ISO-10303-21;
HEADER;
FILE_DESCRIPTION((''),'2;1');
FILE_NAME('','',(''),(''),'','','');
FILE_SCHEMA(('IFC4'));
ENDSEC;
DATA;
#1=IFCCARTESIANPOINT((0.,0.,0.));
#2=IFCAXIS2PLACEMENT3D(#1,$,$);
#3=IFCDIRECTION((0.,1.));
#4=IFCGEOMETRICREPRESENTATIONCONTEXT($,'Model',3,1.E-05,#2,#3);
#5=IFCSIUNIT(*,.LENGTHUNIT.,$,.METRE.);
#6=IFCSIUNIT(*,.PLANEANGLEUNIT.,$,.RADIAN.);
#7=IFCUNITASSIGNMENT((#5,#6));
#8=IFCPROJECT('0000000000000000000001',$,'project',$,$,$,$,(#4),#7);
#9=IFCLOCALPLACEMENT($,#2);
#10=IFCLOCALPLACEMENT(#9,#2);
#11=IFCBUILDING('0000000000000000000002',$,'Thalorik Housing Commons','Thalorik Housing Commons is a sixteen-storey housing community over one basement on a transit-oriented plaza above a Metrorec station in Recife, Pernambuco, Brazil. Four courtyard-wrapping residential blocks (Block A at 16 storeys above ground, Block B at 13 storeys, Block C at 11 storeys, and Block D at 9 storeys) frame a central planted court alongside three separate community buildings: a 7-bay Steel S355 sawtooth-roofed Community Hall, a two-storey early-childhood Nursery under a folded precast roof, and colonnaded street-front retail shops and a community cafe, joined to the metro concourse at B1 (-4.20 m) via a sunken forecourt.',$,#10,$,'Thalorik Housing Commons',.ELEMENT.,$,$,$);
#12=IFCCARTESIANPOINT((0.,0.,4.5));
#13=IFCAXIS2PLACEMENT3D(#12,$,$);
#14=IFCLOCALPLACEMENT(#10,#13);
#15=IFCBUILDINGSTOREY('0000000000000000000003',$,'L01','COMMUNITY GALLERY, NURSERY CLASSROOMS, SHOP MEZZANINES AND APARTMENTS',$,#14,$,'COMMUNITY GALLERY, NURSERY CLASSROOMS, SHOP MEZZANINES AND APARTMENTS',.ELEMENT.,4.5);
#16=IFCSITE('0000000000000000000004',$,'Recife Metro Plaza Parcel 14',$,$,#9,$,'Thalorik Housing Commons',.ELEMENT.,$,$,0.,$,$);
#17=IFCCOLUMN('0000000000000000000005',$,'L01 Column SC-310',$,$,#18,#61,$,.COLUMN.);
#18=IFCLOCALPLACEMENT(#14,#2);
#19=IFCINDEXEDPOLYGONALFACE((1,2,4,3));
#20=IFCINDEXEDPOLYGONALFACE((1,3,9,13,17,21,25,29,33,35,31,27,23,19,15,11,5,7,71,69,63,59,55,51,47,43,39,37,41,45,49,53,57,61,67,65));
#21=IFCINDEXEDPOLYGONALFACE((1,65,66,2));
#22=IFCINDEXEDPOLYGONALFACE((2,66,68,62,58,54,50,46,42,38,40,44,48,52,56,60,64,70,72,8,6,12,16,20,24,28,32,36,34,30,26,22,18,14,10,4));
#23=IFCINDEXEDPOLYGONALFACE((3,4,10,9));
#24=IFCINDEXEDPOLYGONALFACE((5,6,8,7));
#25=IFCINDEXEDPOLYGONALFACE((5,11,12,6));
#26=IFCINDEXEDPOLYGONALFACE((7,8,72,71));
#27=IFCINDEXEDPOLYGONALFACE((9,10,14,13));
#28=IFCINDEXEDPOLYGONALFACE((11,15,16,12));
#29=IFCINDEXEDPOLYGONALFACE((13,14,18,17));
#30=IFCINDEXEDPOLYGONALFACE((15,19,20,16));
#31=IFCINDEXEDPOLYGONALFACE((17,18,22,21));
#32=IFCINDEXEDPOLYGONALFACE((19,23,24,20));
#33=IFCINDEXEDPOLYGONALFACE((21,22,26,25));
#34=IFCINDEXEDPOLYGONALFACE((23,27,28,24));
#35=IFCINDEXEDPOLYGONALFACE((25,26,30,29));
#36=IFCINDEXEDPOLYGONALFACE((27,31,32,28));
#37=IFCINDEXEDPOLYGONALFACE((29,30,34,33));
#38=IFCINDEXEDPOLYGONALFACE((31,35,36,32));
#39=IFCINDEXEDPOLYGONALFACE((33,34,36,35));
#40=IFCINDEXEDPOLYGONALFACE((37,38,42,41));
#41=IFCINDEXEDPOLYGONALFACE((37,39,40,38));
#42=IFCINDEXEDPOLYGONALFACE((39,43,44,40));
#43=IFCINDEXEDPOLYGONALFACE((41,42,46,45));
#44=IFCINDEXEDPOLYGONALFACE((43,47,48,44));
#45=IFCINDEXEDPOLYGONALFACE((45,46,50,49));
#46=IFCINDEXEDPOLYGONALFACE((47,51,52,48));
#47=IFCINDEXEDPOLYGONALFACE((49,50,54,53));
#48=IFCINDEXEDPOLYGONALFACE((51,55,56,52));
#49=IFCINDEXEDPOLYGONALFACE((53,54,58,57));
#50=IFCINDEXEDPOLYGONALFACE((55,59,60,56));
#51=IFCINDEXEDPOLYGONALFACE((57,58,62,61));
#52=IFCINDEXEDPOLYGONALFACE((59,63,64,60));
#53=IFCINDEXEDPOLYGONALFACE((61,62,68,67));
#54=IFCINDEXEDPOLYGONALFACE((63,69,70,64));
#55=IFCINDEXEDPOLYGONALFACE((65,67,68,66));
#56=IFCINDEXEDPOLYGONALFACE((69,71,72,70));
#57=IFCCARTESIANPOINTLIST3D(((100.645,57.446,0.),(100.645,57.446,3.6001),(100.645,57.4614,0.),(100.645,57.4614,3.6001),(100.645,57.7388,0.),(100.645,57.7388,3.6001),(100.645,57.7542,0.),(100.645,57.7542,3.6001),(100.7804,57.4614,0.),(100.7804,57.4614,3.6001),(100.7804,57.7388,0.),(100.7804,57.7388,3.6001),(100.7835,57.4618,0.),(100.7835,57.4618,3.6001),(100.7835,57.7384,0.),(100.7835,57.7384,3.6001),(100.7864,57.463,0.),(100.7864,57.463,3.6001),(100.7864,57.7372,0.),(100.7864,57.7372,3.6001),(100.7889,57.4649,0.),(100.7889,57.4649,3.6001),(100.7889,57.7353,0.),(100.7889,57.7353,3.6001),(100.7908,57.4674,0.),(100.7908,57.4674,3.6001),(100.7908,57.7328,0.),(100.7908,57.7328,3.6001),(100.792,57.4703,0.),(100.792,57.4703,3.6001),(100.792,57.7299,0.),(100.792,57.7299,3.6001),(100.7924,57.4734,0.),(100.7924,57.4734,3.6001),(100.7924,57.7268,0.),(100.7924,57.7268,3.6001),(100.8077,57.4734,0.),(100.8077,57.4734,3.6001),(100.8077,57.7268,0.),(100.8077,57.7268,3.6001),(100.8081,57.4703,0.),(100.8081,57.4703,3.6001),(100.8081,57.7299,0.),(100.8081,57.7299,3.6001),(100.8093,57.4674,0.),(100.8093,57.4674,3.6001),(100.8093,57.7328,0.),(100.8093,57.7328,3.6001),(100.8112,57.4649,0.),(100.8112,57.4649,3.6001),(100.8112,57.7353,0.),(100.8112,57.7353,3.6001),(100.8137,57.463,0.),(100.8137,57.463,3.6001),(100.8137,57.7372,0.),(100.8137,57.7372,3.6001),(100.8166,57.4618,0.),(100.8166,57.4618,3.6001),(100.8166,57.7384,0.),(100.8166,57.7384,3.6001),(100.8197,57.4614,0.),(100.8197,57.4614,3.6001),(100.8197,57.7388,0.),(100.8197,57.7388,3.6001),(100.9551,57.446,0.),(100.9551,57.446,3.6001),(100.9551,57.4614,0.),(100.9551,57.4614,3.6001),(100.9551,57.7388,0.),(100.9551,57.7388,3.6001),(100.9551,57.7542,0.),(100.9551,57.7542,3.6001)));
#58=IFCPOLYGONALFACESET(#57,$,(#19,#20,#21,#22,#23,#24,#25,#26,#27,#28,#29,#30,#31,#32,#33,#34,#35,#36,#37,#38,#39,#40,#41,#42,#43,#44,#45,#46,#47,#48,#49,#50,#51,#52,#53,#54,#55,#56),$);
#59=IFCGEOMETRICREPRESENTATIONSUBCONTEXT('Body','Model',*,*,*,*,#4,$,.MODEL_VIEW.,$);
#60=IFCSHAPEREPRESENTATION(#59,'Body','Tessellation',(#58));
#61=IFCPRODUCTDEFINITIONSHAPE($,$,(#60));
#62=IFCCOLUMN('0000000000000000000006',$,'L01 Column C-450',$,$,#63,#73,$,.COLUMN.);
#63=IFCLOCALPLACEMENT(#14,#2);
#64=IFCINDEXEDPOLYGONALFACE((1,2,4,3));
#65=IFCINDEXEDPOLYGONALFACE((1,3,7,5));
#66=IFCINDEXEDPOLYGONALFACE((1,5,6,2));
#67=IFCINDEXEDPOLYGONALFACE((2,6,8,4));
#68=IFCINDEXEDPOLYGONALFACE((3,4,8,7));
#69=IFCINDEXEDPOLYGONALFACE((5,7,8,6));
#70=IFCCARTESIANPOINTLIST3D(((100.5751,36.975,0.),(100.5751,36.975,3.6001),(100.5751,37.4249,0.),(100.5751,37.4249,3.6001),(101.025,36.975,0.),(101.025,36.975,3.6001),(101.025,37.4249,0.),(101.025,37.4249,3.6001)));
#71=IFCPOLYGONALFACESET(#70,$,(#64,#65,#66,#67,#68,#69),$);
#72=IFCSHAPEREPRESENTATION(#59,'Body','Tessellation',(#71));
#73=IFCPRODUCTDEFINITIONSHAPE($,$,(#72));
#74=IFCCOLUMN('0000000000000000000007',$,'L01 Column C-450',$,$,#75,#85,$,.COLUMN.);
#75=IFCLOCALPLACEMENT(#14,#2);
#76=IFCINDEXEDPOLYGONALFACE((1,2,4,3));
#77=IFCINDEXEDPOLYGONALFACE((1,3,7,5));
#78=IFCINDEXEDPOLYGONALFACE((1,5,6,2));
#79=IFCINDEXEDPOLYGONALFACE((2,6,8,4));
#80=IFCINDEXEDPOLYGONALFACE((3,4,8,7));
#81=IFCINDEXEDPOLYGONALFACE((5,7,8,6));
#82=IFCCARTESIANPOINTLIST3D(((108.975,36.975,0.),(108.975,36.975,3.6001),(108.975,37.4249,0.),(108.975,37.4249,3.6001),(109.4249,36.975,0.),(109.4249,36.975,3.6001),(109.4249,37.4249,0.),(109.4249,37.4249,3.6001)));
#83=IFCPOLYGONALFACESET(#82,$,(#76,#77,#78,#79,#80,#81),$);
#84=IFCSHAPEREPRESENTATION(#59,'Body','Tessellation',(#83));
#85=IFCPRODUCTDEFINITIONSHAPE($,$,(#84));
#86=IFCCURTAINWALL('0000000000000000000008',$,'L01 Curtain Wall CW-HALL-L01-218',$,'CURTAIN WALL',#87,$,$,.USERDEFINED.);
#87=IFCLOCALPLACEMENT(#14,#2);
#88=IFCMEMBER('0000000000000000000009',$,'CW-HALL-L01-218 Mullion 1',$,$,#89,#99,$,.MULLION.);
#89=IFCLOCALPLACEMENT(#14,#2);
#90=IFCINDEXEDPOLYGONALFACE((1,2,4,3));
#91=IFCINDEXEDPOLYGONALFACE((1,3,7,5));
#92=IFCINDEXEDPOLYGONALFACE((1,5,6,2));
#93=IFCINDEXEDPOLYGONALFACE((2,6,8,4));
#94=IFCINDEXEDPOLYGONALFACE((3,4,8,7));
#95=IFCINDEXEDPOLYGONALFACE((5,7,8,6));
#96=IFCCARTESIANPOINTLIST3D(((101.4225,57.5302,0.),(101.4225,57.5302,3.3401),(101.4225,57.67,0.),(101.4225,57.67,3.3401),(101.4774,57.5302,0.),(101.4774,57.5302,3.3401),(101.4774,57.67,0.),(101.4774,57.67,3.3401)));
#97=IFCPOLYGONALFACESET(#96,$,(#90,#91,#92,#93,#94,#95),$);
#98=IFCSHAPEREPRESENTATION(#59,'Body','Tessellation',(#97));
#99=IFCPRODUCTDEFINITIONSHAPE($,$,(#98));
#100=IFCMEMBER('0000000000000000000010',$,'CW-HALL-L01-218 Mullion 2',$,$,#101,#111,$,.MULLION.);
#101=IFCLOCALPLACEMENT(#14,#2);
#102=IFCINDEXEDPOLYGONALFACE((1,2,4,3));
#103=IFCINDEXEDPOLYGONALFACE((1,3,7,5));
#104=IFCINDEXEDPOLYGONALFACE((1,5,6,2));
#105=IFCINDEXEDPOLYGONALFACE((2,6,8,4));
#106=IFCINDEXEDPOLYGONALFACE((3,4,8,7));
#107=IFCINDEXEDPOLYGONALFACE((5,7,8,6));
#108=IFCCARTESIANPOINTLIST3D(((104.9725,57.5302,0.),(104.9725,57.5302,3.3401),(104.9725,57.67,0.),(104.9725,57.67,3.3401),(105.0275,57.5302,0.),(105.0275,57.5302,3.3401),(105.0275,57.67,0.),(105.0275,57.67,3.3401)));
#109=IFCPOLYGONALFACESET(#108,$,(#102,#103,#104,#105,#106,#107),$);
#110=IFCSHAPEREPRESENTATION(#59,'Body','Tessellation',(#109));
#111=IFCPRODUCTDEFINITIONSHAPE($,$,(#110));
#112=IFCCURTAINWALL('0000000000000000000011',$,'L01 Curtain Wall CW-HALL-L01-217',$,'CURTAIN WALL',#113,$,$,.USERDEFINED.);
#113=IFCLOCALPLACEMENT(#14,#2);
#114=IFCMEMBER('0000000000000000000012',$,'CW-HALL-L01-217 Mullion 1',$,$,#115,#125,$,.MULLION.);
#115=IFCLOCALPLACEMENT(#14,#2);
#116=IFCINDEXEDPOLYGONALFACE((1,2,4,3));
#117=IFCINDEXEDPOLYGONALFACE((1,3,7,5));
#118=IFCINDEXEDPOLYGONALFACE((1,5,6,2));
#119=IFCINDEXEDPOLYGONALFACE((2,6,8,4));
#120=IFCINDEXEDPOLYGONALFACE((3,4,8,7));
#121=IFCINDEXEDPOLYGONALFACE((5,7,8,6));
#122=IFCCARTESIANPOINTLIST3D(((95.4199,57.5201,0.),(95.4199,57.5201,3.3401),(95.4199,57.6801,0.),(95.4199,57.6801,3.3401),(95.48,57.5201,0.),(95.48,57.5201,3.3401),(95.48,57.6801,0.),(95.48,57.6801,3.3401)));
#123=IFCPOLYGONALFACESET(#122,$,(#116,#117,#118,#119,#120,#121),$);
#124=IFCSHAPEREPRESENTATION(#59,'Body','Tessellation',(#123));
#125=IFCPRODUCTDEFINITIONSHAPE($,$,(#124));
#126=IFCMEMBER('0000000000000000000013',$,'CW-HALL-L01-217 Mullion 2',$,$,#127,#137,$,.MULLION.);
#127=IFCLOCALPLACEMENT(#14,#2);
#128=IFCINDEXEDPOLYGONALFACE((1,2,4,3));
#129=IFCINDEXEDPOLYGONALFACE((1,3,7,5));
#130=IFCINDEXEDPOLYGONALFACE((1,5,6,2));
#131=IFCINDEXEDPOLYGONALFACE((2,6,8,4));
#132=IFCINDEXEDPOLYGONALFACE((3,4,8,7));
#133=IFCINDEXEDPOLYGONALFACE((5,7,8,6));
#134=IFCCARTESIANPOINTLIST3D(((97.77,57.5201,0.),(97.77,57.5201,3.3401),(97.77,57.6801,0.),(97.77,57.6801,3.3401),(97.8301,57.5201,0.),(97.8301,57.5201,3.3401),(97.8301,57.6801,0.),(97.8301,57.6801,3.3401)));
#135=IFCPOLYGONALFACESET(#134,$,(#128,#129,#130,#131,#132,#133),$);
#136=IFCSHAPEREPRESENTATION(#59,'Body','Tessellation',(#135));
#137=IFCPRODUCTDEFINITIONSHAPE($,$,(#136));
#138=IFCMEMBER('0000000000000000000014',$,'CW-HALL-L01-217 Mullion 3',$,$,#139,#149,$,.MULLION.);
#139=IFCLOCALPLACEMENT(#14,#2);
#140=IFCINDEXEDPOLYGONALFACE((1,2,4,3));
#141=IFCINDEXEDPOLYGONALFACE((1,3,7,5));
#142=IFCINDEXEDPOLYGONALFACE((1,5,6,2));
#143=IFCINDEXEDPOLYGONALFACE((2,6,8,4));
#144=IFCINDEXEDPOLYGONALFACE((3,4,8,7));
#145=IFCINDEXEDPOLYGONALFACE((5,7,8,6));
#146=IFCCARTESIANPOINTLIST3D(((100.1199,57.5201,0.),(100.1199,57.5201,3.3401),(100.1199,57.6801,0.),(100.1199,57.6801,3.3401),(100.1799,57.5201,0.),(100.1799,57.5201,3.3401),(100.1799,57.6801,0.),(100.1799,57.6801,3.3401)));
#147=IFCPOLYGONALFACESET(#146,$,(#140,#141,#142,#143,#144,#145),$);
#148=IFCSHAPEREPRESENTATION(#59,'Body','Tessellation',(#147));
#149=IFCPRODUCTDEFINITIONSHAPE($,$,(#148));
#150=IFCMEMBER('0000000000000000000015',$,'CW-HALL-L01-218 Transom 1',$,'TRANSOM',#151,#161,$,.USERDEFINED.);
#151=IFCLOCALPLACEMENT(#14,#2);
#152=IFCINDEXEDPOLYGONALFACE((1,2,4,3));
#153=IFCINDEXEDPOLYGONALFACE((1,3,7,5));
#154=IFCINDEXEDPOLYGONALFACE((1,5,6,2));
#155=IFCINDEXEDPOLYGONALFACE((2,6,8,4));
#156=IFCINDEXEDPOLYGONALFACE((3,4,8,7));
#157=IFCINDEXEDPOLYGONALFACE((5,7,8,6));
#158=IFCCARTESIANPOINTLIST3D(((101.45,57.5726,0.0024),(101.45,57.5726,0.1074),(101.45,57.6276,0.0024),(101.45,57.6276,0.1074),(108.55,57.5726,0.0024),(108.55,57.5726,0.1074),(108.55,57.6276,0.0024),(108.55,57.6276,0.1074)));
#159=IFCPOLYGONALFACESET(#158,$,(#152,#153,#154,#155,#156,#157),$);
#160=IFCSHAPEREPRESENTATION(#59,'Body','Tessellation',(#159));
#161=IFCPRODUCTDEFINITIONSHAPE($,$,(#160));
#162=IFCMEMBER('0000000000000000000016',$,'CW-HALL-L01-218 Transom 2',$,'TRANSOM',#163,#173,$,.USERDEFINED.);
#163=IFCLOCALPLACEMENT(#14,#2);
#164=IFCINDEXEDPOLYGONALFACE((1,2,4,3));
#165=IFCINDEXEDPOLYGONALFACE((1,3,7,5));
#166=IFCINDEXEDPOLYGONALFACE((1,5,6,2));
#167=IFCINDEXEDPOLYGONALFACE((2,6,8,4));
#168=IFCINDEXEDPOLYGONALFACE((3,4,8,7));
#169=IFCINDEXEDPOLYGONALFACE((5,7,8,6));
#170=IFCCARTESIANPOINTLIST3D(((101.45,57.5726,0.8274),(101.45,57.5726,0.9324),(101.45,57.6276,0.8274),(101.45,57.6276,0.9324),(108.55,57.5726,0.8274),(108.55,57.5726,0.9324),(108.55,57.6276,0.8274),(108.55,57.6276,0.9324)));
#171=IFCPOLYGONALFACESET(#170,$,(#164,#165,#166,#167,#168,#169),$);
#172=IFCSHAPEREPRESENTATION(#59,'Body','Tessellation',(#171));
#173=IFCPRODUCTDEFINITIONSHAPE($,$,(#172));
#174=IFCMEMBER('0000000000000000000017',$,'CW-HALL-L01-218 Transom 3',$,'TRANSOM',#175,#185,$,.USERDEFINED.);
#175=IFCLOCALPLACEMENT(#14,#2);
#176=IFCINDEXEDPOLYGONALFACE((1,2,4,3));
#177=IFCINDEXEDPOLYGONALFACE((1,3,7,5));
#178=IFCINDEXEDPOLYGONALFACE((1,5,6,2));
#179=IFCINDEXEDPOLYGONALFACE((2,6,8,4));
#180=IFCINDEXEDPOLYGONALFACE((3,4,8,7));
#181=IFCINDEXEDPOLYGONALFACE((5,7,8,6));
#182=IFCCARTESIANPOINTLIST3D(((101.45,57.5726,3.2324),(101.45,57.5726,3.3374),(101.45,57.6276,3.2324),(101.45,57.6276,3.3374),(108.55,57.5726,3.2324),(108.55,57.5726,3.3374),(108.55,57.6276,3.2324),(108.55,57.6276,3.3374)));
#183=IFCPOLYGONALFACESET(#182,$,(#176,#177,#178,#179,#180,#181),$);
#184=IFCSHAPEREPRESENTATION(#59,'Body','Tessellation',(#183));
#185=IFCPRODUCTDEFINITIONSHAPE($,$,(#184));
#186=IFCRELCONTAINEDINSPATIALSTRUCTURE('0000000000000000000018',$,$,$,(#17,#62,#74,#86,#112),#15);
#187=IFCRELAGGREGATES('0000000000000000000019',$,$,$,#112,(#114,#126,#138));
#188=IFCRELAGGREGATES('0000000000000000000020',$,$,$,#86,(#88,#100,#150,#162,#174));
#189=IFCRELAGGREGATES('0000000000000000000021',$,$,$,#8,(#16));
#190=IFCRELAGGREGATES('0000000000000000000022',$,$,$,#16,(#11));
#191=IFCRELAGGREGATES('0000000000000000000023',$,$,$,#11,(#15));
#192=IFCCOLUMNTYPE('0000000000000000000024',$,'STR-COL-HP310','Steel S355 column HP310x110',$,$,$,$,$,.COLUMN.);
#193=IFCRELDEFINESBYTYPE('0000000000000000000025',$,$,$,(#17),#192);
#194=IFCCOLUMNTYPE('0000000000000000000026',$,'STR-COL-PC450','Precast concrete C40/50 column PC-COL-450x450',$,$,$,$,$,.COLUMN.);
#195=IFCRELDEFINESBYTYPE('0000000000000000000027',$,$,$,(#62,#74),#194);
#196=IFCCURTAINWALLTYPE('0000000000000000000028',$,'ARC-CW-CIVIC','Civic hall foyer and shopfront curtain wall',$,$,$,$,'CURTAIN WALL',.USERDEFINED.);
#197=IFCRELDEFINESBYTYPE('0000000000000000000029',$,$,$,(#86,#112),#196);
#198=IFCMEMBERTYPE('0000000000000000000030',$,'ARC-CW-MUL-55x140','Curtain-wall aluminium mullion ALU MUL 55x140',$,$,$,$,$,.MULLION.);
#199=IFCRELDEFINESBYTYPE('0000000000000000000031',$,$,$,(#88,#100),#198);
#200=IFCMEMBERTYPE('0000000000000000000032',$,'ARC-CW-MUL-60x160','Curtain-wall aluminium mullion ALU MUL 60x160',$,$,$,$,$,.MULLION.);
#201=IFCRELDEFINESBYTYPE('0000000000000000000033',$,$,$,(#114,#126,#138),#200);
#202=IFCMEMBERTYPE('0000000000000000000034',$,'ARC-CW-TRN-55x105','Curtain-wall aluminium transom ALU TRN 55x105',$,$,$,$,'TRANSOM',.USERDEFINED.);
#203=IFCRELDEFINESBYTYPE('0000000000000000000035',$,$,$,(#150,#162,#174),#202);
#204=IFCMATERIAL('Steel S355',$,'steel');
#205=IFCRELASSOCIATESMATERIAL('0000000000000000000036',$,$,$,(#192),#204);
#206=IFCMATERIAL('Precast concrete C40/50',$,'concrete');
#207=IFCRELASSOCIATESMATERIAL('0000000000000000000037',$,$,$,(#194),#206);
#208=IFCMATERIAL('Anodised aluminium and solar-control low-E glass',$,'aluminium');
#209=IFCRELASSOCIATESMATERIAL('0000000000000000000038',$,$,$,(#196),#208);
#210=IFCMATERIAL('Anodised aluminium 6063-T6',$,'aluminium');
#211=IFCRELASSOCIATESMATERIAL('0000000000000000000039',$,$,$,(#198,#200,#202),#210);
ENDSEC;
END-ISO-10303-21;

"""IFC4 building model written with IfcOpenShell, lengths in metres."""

from ifc_helpers import new_model, si_unit, direction, frame, origin, origin_2d, place, context, subcontext, project, spatial, rectangle, i_section, extrude, material, material_profile, profile_set, type_object, element, aggregate, save


model = new_model("IFC4")

# Units and contexts
model_context = context("Model", 3, precision=1e-05, world=origin(), true_north=direction((0.0, 1.0)))
body_context = subcontext(model_context, "Body", "Model", "MODEL_VIEW")
ifc_project = project(units=[si_unit("LENGTHUNIT", "METRE"), si_unit("PLANEANGLEUNIT", "RADIAN")], contexts=[model_context])

# Site, building, storey
site_placement = place(None, origin())
site = spatial("IfcSite", under=ifc_project, at=site_placement, Name="Recife Metro Plaza Parcel 14", LongName="Thalorik Housing Commons", CompositionType="ELEMENT", RefElevation=0.0)
building_placement = place(site_placement, origin())
building = spatial("IfcBuilding", under=site, at=building_placement, Name="Thalorik Housing Commons", Description="Thalorik Housing Commons is a sixteen-storey housing community over one basement on a transit-oriented plaza above a Metrorec station in Recife, Pernambuco, Brazil. Four courtyard-wrapping residential blocks (Block A at 16 storeys above ground, Block B at 13 storeys, Block C at 11 storeys, and Block D at 9 storeys) frame a central planted court alongside three separate community buildings: a 7-bay Steel S355 sawtooth-roofed Community Hall, a two-storey early-childhood Nursery under a folded precast roof, and colonnaded street-front retail shops and a community cafe, joined to the metro concourse at B1 (-4.20 m) via a sunken forecourt.", LongName="Thalorik Housing Commons", CompositionType="ELEMENT")
storey_placement = place(building_placement, frame((0.0, 0.0, 4.5)))
storey = spatial("IfcBuildingStorey", under=building, at=storey_placement, Name="L01", Description="COMMUNITY GALLERY, NURSERY CLASSROOMS, SHOP MEZZANINES AND APARTMENTS", LongName="COMMUNITY GALLERY, NURSERY CLASSROOMS, SHOP MEZZANINES AND APARTMENTS", CompositionType="ELEMENT", Elevation=4.5)

# Columns
ifc_material_1 = material(Name="Steel S355", Category="steel")
ifc_material_profile_1 = material_profile(ifc_material_1, i_section(OverallWidth=0.3101, OverallDepth=0.3081, WebThickness=0.0154, FlangeThickness=0.0154, FilletRadius=0.012, at=origin_2d()), Name="HP310x110", Category="steel")
ifc_profile_set_1 = profile_set([ifc_material_profile_1], Name="Steel S355")
column_type_1 = type_object("IfcColumnType", Name="STR-COL-HP310", Description="Steel S355 column HP310x110", PredefinedType="COLUMN", material=ifc_profile_set_1)
column_placement = place(storey_placement, frame((100.8, 57.6001, 0.0), z_axis=(0.0, 0.0, 1.0), x_axis=(1.0, 0.0, 0.0)))
element("IfcColumn", 1, at=column_placement, inside=storey, type_object=column_type_1, Name="L01 Column SC-310", PredefinedType="COLUMN", context=body_context, shape_type="SweptSolid", body=[
    extrude(i_section(OverallWidth=0.3101, OverallDepth=0.3081, WebThickness=0.0154, FlangeThickness=0.0154, FilletRadius=0.012, at=origin_2d()), origin(), (0.0, 0.0, 1.0), 3.6001),
])
ifc_material_2 = material(Name="Precast concrete C40/50", Category="concrete")
ifc_material_profile_2 = material_profile(ifc_material_2, rectangle(XDim=0.45, YDim=0.45, at=origin_2d()), Name="PC 450x450", Category="concrete")
ifc_profile_set_2 = profile_set([ifc_material_profile_2], Name="Precast concrete C40/50")
column_type_2 = type_object("IfcColumnType", Name="STR-COL-PC450", Description="Precast concrete C40/50 column PC-COL-450x450", PredefinedType="COLUMN", material=ifc_profile_set_2)
for number, where, z_axis, x_axis, name in (
    (2, (100.8, 37.2, 0.0), (0.0, 0.0, 1.0), (1.0, 0.0, 0.0), "L01 Column C-450"),
    (3, (109.2, 37.2, 0.0), (0.0, 0.0, 1.0), (1.0, 0.0, 0.0), "L01 Column C-450"),
):
    element("IfcColumn", number, at=place(storey_placement, frame(where, z_axis=z_axis, x_axis=x_axis)), inside=storey, type_object=column_type_2, Name=name, PredefinedType="COLUMN", context=body_context, shape_type="SweptSolid", body=[
        extrude(rectangle(XDim=0.45, YDim=0.45, at=origin_2d()), origin(), (0.0, 0.0, 1.0), 3.6001),
    ])

# Curtain walls, members
ifc_material_3 = material(Name="Anodised aluminium and solar-control low-E glass", Category="aluminium")
curtain_wall_type = type_object("IfcCurtainWallType", Name="ARC-CW-CIVIC", Description="Civic hall foyer and shopfront curtain wall", ElementType="CURTAIN WALL", PredefinedType="USERDEFINED", material=ifc_material_3)
curtain_wall_1_placement = place(storey_placement, origin())
curtain_wall_1 = element("IfcCurtainWall", 4, at=curtain_wall_1_placement, inside=storey, type_object=curtain_wall_type, Name="L01 Curtain Wall CW-HALL-L01-218", ObjectType="CURTAIN WALL", PredefinedType="USERDEFINED")
ifc_material_4 = material(Name="Anodised aluminium 6063-T6", Category="aluminium")
ifc_material_profile_3 = material_profile(ifc_material_4, rectangle(XDim=0.0549, YDim=0.1399, at=origin_2d()), Name="ALU MUL 55x140", Category="aluminium")
ifc_profile_set_3 = profile_set([ifc_material_profile_3], Name="Anodised aluminium 6063-T6")
member_type_1 = type_object("IfcMemberType", Name="ARC-CW-MUL-55x140", Description="Curtain-wall aluminium mullion ALU MUL 55x140", PredefinedType="MULLION", material=ifc_profile_set_3)
member_1_placement = place(storey_placement, frame((101.45, 57.6001, 0.0), z_axis=(0.0, 0.0, 1.0), x_axis=(1.0, 0.0, 0.0)))
member_1 = element("IfcMember", 5, at=member_1_placement, type_object=member_type_1, Name="CW-HALL-L01-218 Mullion 1", PredefinedType="MULLION", context=body_context, shape_type="SweptSolid", body=[
    extrude(rectangle(XDim=0.0549, YDim=0.1399, at=origin_2d()), origin(), (0.0, 0.0, 1.0), 3.3401),
])
member_2_placement = place(storey_placement, frame((105.0, 57.6001, 0.0), z_axis=(0.0, 0.0, 1.0), x_axis=(1.0, 0.0, 0.0)))
member_2 = element("IfcMember", 6, at=member_2_placement, type_object=member_type_1, Name="CW-HALL-L01-218 Mullion 2", PredefinedType="MULLION", context=body_context, shape_type="SweptSolid", body=[
    extrude(rectangle(XDim=0.0549, YDim=0.1399, at=origin_2d()), origin(), (0.0, 0.0, 1.0), 3.3401),
])
curtain_wall_2_placement = place(storey_placement, origin())
curtain_wall_2 = element("IfcCurtainWall", 7, at=curtain_wall_2_placement, inside=storey, type_object=curtain_wall_type, Name="L01 Curtain Wall CW-HALL-L01-217", ObjectType="CURTAIN WALL", PredefinedType="USERDEFINED")
ifc_material_profile_4 = material_profile(ifc_material_4, rectangle(XDim=0.0601, YDim=0.1599, at=origin_2d()), Name="ALU MUL 60x160", Category="aluminium")
ifc_profile_set_4 = profile_set([ifc_material_profile_4], Name="Anodised aluminium 6063-T6")
member_type_2 = type_object("IfcMemberType", Name="ARC-CW-MUL-60x160", Description="Curtain-wall aluminium mullion ALU MUL 60x160", PredefinedType="MULLION", material=ifc_profile_set_4)
member_3_placement = place(storey_placement, frame((95.45, 57.6001, 0.0), z_axis=(0.0, 0.0, 1.0), x_axis=(1.0, 0.0, 0.0)))
member_3 = element("IfcMember", 8, at=member_3_placement, type_object=member_type_2, Name="CW-HALL-L01-217 Mullion 1", PredefinedType="MULLION", context=body_context, shape_type="SweptSolid", body=[
    extrude(rectangle(XDim=0.0601, YDim=0.1599, at=origin_2d()), origin(), (0.0, 0.0, 1.0), 3.3401),
])
member_4_placement = place(storey_placement, frame((97.8, 57.6001, 0.0), z_axis=(0.0, 0.0, 1.0), x_axis=(1.0, 0.0, 0.0)))
member_4 = element("IfcMember", 9, at=member_4_placement, type_object=member_type_2, Name="CW-HALL-L01-217 Mullion 2", PredefinedType="MULLION", context=body_context, shape_type="SweptSolid", body=[
    extrude(rectangle(XDim=0.0601, YDim=0.1599, at=origin_2d()), origin(), (0.0, 0.0, 1.0), 3.3401),
])
member_5_placement = place(storey_placement, frame((100.1499, 57.6001, 0.0), z_axis=(0.0, 0.0, 1.0), x_axis=(1.0, 0.0, 0.0)))
member_5 = element("IfcMember", 10, at=member_5_placement, type_object=member_type_2, Name="CW-HALL-L01-217 Mullion 3", PredefinedType="MULLION", context=body_context, shape_type="SweptSolid", body=[
    extrude(rectangle(XDim=0.0601, YDim=0.1599, at=origin_2d()), origin(), (0.0, 0.0, 1.0), 3.3401),
])

# Members
ifc_material_profile_5 = material_profile(ifc_material_4, rectangle(XDim=0.0549, YDim=0.105, at=origin_2d()), Name="ALU TRN 55x105", Category="aluminium")
ifc_profile_set_5 = profile_set([ifc_material_profile_5], Name="Anodised aluminium 6063-T6")
member_type_3 = type_object("IfcMemberType", Name="ARC-CW-TRN-55x105", Description="Curtain-wall aluminium transom ALU TRN 55x105", ElementType="TRANSOM", PredefinedType="USERDEFINED", material=ifc_profile_set_5)
member_6_placement = place(storey_placement, frame((101.45, 57.6001, 0.0549), z_axis=(1.0, 0.0, 0.0), x_axis=(0.0, 1.0, 0.0)))
member_6 = element("IfcMember", 11, at=member_6_placement, type_object=member_type_3, Name="CW-HALL-L01-218 Transom 1", ObjectType="TRANSOM", PredefinedType="USERDEFINED", context=body_context, shape_type="SweptSolid", body=[
    extrude(rectangle(XDim=0.0549, YDim=0.105, at=origin_2d()), origin(), (0.0, 0.0, 1.0), 7.1001),
])
member_7_placement = place(storey_placement, frame((101.45, 57.6001, 0.8799), z_axis=(1.0, 0.0, 0.0), x_axis=(0.0, 1.0, 0.0)))
member_7 = element("IfcMember", 12, at=member_7_placement, type_object=member_type_3, Name="CW-HALL-L01-218 Transom 2", ObjectType="TRANSOM", PredefinedType="USERDEFINED", context=body_context, shape_type="SweptSolid", body=[
    extrude(rectangle(XDim=0.0549, YDim=0.105, at=origin_2d()), origin(), (0.0, 0.0, 1.0), 7.1001),
])
member_8_placement = place(storey_placement, frame((101.45, 57.6001, 3.2849), z_axis=(1.0, 0.0, 0.0), x_axis=(0.0, 1.0, 0.0)))
member_8 = element("IfcMember", 13, at=member_8_placement, type_object=member_type_3, Name="CW-HALL-L01-218 Transom 3", ObjectType="TRANSOM", PredefinedType="USERDEFINED", context=body_context, shape_type="SweptSolid", body=[
    extrude(rectangle(XDim=0.0549, YDim=0.105, at=origin_2d()), origin(), (0.0, 0.0, 1.0), 7.1001),
])

aggregate(curtain_wall_2, [member_3, member_4, member_5])
aggregate(curtain_wall_1, [member_1, member_2, member_6, member_7, member_8])

save(model, "model.ifc")
